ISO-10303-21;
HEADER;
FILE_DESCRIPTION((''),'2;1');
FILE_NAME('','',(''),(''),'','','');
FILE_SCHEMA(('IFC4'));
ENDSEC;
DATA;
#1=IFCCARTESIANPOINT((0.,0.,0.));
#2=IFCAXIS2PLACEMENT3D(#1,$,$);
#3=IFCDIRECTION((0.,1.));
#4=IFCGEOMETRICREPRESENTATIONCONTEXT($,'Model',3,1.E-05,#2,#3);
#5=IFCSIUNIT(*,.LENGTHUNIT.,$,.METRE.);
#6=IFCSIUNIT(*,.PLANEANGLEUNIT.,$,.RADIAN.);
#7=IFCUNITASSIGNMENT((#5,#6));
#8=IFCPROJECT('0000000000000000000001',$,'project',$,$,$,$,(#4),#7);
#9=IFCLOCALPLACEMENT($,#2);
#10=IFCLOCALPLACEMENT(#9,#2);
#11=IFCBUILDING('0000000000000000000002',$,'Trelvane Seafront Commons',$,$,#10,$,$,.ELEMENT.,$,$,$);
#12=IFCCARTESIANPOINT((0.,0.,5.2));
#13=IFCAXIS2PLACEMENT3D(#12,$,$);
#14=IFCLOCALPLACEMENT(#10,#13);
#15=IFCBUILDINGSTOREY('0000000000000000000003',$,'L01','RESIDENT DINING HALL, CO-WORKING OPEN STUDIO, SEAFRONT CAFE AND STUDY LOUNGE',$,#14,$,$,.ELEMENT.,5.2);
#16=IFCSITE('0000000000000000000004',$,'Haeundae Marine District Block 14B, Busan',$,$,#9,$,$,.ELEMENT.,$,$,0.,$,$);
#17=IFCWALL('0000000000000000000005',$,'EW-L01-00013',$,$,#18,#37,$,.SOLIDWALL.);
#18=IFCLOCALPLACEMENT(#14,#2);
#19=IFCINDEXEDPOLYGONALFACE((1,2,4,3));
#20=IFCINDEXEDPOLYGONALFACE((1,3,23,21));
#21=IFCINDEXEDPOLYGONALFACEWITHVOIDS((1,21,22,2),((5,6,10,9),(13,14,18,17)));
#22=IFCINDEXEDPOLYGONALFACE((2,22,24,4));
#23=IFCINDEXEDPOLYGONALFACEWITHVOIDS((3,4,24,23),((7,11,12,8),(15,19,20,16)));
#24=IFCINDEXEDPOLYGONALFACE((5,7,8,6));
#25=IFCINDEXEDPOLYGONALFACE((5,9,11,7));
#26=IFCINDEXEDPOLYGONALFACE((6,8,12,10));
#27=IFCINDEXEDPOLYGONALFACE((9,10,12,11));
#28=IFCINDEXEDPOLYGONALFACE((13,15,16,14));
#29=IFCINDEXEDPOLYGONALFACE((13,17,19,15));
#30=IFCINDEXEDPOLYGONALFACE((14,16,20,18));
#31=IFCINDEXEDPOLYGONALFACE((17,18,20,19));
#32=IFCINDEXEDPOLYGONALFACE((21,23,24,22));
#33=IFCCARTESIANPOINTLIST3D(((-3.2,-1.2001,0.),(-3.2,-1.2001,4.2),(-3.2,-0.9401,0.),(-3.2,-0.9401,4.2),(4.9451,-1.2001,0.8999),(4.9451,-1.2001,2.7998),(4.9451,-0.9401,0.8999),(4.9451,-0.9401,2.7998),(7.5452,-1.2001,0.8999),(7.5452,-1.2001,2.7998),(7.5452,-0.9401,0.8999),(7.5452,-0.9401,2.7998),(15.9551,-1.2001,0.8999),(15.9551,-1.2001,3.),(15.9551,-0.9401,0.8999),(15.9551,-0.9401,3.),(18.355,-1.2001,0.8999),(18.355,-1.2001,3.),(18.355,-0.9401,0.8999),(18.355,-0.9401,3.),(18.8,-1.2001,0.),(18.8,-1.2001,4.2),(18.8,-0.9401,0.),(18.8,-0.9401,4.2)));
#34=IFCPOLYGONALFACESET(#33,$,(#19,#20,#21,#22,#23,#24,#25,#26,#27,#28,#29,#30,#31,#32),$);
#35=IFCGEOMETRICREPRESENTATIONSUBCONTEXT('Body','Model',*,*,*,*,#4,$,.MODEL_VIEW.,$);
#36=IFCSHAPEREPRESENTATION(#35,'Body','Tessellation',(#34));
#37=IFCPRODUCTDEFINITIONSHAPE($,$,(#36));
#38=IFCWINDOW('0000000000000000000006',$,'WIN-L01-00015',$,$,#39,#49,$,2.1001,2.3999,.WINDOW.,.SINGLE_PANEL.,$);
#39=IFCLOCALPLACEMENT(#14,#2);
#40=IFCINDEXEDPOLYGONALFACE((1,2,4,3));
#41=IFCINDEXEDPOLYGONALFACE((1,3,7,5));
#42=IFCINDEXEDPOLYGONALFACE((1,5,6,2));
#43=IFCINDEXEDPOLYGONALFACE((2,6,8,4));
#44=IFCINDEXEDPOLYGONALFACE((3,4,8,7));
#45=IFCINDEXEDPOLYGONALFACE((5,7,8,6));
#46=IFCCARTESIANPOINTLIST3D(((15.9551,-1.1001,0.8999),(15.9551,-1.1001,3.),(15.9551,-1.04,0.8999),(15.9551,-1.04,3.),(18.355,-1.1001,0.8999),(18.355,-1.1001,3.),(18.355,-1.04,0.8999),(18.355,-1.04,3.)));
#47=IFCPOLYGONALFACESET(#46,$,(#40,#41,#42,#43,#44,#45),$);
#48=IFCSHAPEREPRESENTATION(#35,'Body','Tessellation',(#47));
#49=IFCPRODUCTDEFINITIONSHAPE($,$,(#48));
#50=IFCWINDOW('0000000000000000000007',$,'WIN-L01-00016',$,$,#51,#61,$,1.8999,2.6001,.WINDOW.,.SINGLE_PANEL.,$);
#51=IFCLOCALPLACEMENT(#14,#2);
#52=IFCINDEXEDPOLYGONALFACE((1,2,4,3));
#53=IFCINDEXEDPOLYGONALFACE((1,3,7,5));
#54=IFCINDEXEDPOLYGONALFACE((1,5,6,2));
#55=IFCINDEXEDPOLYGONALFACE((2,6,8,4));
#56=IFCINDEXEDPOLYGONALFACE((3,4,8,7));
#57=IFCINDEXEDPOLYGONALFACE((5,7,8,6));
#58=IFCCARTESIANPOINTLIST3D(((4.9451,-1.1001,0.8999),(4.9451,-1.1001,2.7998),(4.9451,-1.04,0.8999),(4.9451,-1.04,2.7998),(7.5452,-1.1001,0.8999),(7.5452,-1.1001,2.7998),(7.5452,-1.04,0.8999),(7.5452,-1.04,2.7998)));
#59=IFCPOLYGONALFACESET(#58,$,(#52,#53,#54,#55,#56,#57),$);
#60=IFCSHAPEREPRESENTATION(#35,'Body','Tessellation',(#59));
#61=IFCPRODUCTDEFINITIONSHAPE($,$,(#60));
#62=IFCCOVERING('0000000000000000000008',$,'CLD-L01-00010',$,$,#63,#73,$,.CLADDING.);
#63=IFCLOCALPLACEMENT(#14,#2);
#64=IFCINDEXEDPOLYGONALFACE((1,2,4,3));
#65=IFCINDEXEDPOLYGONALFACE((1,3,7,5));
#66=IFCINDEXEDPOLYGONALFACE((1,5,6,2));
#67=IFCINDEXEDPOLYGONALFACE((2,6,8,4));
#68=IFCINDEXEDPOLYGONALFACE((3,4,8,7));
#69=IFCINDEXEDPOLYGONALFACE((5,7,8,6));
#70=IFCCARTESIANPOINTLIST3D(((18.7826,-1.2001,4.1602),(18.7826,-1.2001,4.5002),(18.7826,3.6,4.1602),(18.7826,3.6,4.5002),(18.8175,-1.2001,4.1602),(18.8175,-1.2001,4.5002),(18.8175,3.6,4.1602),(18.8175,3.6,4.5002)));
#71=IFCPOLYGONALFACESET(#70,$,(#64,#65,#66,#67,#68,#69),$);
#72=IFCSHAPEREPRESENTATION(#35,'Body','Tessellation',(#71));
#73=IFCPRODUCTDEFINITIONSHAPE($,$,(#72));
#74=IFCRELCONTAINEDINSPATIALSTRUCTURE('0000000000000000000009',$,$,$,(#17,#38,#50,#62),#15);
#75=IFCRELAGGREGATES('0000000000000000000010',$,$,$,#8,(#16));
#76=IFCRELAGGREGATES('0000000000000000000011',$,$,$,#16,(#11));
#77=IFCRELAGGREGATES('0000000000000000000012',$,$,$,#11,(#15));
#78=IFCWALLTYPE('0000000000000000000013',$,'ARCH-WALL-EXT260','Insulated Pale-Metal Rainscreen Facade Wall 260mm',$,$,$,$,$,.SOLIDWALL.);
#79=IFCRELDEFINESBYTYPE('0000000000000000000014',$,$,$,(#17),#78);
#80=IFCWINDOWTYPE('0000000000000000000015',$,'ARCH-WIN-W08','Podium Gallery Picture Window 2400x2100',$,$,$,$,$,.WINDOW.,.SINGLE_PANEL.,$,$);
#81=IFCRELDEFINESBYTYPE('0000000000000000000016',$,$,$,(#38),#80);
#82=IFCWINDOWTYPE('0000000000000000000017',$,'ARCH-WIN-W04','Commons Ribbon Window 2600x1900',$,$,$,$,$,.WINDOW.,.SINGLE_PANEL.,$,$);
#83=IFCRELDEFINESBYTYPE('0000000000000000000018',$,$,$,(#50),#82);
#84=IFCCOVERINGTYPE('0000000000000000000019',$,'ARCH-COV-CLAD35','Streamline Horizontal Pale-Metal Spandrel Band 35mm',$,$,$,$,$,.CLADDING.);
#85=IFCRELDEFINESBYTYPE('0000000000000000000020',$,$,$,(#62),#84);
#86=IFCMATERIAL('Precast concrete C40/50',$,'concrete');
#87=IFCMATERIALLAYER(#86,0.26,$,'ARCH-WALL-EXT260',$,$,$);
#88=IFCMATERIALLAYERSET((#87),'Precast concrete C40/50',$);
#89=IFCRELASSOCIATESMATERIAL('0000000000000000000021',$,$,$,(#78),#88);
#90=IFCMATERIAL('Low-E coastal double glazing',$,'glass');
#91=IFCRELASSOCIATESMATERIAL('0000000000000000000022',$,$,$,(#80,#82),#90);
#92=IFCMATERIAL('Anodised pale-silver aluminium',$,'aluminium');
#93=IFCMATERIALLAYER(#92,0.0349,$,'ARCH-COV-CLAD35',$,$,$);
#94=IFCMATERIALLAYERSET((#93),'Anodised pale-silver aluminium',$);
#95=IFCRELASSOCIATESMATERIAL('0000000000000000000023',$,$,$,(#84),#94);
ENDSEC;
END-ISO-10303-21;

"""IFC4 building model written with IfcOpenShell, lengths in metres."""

from ifc_helpers import new_model, si_unit, direction, frame, frame_2d, origin, origin_2d, place, context, subcontext, project, spatial, rectangle, extrude, source, transform, mapped, material, layer, layer_set, type_object, element, fill, save


model = new_model("IFC4")

# Units and contexts
model_context = context("Model", 3, precision=1e-05, world=origin(), true_north=direction((0.0, 1.0)))
body_context = subcontext(model_context, "Body", "Model", "MODEL_VIEW")
ifc_project = project(units=[si_unit("LENGTHUNIT", "METRE"), si_unit("PLANEANGLEUNIT", "RADIAN")], contexts=[model_context])

# Site, building, storey
site_placement = place(None, origin())
site = spatial("IfcSite", under=ifc_project, at=site_placement, Name="Haeundae Marine District Block 14B, Busan", CompositionType="ELEMENT", RefElevation=0.0)
building_placement = place(site_placement, origin())
building = spatial("IfcBuilding", under=site, at=building_placement, Name="Trelvane Seafront Commons", CompositionType="ELEMENT")
storey_placement = place(building_placement, frame((0.0, 0.0, 5.2)))
storey = spatial("IfcBuildingStorey", under=building, at=storey_placement, Name="L01", Description="RESIDENT DINING HALL, CO-WORKING OPEN STUDIO, SEAFRONT CAFE AND STUDY LOUNGE", CompositionType="ELEMENT", Elevation=5.2)

# Shared definitions
ifc_material_1 = material(Name="Anodised pale-silver aluminium", Category="aluminium")

# Shared definitions
ifc_material_2 = material(Name="Low-E coastal double glazing", Category="glass")

# Shared definitions
ifc_material_3 = material(Name="Precast concrete C40/50", Category="concrete")
ifc_layer_1 = layer(ifc_material_3, 0.26, Name="ARCH-WALL-EXT260")
ifc_layer_set_1 = layer_set([ifc_layer_1], Name="Precast concrete C40/50")
wall_type = type_object("IfcWallType", Name="ARCH-WALL-EXT260", Description="Insulated Pale-Metal Rainscreen Facade Wall 260mm", PredefinedType="SOLIDWALL", material=ifc_layer_set_1)

# Wall, openings, windows
wall_1_placement = place(storey_placement, frame((18.8, -1.0701, 0.0), z_axis=(0.0, 0.0, 1.0), x_axis=(-1.0, 0.0, 0.0)))
wall_1 = element("IfcWall", 1, at=wall_1_placement, inside=storey, type_object=wall_type, Name="EW-L01-00013", PredefinedType="SOLIDWALL", context=body_context, shape_type="SweptSolid", body=[
    extrude(rectangle(XDim=22.0, YDim=0.26, at=frame_2d((11.0, 0.0))), origin(), (0.0, 0.0, 1.0), 4.2),
])
opening_1_placement = place(wall_1_placement, frame((0.4451, 0.0, 0.8999)))
opening_1 = element("IfcOpeningElement", 2, at=opening_1_placement, cuts=wall_1, PredefinedType="OPENING", context=body_context, shape_type="SweptSolid", body=[
    extrude(rectangle(XDim=2.3999, YDim=2.1001, at=frame_2d((1.2, 1.05))), frame((0.0, 0.1399, 0.0), z_axis=(0.0, -1.0, 0.0), x_axis=(1.0, 0.0, 0.0)), (0.0, 0.0, 1.0), 0.28),
])
opening_2_placement = place(wall_1_placement, frame((11.2549, 0.0, 0.8999)))
opening_2 = element("IfcOpeningElement", 3, at=opening_2_placement, cuts=wall_1, PredefinedType="OPENING", context=body_context, shape_type="SweptSolid", body=[
    extrude(rectangle(XDim=2.6001, YDim=1.8999, at=frame_2d((1.3, 0.95))), frame((0.0, 0.1399, 0.0), z_axis=(0.0, -1.0, 0.0), x_axis=(1.0, 0.0, 0.0)), (0.0, 0.0, 1.0), 0.28),
])
window_type_1 = type_object("IfcWindowType", Name="ARCH-WIN-W08", Description="Podium Gallery Picture Window 2400x2100", PartitioningType="SINGLE_PANEL", PredefinedType="WINDOW", material=ifc_material_2)
shared_shape_1 = source(origin(), body_context, "Body", "SweptSolid", [
    extrude(rectangle(XDim=2.3999, YDim=2.1001, at=frame_2d((1.2, 1.05))), frame((0.0, 0.03, 0.0), z_axis=(0.0, -1.0, 0.0), x_axis=(1.0, 0.0, 0.0)), (0.0, 0.0, 1.0), 0.0601),
])
window_1_placement = place(opening_1_placement, origin())
window_1 = element("IfcWindow", 4, at=window_1_placement, inside=storey, type_object=window_type_1, Name="WIN-L01-00015", OverallHeight=2.1001, OverallWidth=2.3999, PartitioningType="SINGLE_PANEL", PredefinedType="WINDOW", context=body_context, shape_type="MappedRepresentation", body=[
    mapped(shared_shape_1, transform((0.0, 0.0, 0.0), x_axis=(1.0, 0.0, 0.0), y_axis=(0.0, 1.0, 0.0), z_axis=(0.0, 0.0, 1.0), scale=1.0)),
])
fill(opening_1, window_1)
window_type_2 = type_object("IfcWindowType", Name="ARCH-WIN-W04", Description="Commons Ribbon Window 2600x1900", PartitioningType="SINGLE_PANEL", PredefinedType="WINDOW", material=ifc_material_2)
shared_shape_2 = source(origin(), body_context, "Body", "SweptSolid", [
    extrude(rectangle(XDim=2.6001, YDim=1.8999, at=frame_2d((1.3, 0.95))), frame((0.0, 0.03, 0.0), z_axis=(0.0, -1.0, 0.0), x_axis=(1.0, 0.0, 0.0)), (0.0, 0.0, 1.0), 0.0601),
])
window_2_placement = place(opening_2_placement, origin())
window_2 = element("IfcWindow", 5, at=window_2_placement, inside=storey, type_object=window_type_2, Name="WIN-L01-00016", OverallHeight=1.8999, OverallWidth=2.6001, PartitioningType="SINGLE_PANEL", PredefinedType="WINDOW", context=body_context, shape_type="MappedRepresentation", body=[
    mapped(shared_shape_2, transform((0.0, 0.0, 0.0), x_axis=(1.0, 0.0, 0.0), y_axis=(0.0, 1.0, 0.0), z_axis=(0.0, 0.0, 1.0), scale=1.0)),
])
fill(opening_2, window_2)

# Covering
ifc_layer_2 = layer(ifc_material_1, 0.0349, Name="ARCH-COV-CLAD35")
ifc_layer_set_2 = layer_set([ifc_layer_2], Name="Anodised pale-silver aluminium")
covering_type = type_object("IfcCoveringType", Name="ARCH-COV-CLAD35", Description="Streamline Horizontal Pale-Metal Spandrel Band 35mm", PredefinedType="CLADDING", material=ifc_layer_set_2)
shared_shape_3 = source(origin(), body_context, "Body", "SweptSolid", [
    extrude(rectangle(XDim=4.8, YDim=0.0349, at=origin_2d()), origin(), (0.0, 0.0, 1.0), 0.3401),
])
covering_placement = place(storey_placement, frame((18.8, 1.2, 4.1602), z_axis=(0.0, 0.0, 1.0), x_axis=(0.0, -1.0, 0.0)))
element("IfcCovering", 6, at=covering_placement, inside=storey, type_object=covering_type, Name="CLD-L01-00010", PredefinedType="CLADDING", context=body_context, shape_type="MappedRepresentation", body=[
    mapped(shared_shape_3, transform((0.0, 0.0, 0.0), x_axis=(1.0, 0.0, 0.0), y_axis=(0.0, 1.0, 0.0), z_axis=(0.0, 0.0, 1.0), scale=1.0)),
])

save(model, "model.ifc")
